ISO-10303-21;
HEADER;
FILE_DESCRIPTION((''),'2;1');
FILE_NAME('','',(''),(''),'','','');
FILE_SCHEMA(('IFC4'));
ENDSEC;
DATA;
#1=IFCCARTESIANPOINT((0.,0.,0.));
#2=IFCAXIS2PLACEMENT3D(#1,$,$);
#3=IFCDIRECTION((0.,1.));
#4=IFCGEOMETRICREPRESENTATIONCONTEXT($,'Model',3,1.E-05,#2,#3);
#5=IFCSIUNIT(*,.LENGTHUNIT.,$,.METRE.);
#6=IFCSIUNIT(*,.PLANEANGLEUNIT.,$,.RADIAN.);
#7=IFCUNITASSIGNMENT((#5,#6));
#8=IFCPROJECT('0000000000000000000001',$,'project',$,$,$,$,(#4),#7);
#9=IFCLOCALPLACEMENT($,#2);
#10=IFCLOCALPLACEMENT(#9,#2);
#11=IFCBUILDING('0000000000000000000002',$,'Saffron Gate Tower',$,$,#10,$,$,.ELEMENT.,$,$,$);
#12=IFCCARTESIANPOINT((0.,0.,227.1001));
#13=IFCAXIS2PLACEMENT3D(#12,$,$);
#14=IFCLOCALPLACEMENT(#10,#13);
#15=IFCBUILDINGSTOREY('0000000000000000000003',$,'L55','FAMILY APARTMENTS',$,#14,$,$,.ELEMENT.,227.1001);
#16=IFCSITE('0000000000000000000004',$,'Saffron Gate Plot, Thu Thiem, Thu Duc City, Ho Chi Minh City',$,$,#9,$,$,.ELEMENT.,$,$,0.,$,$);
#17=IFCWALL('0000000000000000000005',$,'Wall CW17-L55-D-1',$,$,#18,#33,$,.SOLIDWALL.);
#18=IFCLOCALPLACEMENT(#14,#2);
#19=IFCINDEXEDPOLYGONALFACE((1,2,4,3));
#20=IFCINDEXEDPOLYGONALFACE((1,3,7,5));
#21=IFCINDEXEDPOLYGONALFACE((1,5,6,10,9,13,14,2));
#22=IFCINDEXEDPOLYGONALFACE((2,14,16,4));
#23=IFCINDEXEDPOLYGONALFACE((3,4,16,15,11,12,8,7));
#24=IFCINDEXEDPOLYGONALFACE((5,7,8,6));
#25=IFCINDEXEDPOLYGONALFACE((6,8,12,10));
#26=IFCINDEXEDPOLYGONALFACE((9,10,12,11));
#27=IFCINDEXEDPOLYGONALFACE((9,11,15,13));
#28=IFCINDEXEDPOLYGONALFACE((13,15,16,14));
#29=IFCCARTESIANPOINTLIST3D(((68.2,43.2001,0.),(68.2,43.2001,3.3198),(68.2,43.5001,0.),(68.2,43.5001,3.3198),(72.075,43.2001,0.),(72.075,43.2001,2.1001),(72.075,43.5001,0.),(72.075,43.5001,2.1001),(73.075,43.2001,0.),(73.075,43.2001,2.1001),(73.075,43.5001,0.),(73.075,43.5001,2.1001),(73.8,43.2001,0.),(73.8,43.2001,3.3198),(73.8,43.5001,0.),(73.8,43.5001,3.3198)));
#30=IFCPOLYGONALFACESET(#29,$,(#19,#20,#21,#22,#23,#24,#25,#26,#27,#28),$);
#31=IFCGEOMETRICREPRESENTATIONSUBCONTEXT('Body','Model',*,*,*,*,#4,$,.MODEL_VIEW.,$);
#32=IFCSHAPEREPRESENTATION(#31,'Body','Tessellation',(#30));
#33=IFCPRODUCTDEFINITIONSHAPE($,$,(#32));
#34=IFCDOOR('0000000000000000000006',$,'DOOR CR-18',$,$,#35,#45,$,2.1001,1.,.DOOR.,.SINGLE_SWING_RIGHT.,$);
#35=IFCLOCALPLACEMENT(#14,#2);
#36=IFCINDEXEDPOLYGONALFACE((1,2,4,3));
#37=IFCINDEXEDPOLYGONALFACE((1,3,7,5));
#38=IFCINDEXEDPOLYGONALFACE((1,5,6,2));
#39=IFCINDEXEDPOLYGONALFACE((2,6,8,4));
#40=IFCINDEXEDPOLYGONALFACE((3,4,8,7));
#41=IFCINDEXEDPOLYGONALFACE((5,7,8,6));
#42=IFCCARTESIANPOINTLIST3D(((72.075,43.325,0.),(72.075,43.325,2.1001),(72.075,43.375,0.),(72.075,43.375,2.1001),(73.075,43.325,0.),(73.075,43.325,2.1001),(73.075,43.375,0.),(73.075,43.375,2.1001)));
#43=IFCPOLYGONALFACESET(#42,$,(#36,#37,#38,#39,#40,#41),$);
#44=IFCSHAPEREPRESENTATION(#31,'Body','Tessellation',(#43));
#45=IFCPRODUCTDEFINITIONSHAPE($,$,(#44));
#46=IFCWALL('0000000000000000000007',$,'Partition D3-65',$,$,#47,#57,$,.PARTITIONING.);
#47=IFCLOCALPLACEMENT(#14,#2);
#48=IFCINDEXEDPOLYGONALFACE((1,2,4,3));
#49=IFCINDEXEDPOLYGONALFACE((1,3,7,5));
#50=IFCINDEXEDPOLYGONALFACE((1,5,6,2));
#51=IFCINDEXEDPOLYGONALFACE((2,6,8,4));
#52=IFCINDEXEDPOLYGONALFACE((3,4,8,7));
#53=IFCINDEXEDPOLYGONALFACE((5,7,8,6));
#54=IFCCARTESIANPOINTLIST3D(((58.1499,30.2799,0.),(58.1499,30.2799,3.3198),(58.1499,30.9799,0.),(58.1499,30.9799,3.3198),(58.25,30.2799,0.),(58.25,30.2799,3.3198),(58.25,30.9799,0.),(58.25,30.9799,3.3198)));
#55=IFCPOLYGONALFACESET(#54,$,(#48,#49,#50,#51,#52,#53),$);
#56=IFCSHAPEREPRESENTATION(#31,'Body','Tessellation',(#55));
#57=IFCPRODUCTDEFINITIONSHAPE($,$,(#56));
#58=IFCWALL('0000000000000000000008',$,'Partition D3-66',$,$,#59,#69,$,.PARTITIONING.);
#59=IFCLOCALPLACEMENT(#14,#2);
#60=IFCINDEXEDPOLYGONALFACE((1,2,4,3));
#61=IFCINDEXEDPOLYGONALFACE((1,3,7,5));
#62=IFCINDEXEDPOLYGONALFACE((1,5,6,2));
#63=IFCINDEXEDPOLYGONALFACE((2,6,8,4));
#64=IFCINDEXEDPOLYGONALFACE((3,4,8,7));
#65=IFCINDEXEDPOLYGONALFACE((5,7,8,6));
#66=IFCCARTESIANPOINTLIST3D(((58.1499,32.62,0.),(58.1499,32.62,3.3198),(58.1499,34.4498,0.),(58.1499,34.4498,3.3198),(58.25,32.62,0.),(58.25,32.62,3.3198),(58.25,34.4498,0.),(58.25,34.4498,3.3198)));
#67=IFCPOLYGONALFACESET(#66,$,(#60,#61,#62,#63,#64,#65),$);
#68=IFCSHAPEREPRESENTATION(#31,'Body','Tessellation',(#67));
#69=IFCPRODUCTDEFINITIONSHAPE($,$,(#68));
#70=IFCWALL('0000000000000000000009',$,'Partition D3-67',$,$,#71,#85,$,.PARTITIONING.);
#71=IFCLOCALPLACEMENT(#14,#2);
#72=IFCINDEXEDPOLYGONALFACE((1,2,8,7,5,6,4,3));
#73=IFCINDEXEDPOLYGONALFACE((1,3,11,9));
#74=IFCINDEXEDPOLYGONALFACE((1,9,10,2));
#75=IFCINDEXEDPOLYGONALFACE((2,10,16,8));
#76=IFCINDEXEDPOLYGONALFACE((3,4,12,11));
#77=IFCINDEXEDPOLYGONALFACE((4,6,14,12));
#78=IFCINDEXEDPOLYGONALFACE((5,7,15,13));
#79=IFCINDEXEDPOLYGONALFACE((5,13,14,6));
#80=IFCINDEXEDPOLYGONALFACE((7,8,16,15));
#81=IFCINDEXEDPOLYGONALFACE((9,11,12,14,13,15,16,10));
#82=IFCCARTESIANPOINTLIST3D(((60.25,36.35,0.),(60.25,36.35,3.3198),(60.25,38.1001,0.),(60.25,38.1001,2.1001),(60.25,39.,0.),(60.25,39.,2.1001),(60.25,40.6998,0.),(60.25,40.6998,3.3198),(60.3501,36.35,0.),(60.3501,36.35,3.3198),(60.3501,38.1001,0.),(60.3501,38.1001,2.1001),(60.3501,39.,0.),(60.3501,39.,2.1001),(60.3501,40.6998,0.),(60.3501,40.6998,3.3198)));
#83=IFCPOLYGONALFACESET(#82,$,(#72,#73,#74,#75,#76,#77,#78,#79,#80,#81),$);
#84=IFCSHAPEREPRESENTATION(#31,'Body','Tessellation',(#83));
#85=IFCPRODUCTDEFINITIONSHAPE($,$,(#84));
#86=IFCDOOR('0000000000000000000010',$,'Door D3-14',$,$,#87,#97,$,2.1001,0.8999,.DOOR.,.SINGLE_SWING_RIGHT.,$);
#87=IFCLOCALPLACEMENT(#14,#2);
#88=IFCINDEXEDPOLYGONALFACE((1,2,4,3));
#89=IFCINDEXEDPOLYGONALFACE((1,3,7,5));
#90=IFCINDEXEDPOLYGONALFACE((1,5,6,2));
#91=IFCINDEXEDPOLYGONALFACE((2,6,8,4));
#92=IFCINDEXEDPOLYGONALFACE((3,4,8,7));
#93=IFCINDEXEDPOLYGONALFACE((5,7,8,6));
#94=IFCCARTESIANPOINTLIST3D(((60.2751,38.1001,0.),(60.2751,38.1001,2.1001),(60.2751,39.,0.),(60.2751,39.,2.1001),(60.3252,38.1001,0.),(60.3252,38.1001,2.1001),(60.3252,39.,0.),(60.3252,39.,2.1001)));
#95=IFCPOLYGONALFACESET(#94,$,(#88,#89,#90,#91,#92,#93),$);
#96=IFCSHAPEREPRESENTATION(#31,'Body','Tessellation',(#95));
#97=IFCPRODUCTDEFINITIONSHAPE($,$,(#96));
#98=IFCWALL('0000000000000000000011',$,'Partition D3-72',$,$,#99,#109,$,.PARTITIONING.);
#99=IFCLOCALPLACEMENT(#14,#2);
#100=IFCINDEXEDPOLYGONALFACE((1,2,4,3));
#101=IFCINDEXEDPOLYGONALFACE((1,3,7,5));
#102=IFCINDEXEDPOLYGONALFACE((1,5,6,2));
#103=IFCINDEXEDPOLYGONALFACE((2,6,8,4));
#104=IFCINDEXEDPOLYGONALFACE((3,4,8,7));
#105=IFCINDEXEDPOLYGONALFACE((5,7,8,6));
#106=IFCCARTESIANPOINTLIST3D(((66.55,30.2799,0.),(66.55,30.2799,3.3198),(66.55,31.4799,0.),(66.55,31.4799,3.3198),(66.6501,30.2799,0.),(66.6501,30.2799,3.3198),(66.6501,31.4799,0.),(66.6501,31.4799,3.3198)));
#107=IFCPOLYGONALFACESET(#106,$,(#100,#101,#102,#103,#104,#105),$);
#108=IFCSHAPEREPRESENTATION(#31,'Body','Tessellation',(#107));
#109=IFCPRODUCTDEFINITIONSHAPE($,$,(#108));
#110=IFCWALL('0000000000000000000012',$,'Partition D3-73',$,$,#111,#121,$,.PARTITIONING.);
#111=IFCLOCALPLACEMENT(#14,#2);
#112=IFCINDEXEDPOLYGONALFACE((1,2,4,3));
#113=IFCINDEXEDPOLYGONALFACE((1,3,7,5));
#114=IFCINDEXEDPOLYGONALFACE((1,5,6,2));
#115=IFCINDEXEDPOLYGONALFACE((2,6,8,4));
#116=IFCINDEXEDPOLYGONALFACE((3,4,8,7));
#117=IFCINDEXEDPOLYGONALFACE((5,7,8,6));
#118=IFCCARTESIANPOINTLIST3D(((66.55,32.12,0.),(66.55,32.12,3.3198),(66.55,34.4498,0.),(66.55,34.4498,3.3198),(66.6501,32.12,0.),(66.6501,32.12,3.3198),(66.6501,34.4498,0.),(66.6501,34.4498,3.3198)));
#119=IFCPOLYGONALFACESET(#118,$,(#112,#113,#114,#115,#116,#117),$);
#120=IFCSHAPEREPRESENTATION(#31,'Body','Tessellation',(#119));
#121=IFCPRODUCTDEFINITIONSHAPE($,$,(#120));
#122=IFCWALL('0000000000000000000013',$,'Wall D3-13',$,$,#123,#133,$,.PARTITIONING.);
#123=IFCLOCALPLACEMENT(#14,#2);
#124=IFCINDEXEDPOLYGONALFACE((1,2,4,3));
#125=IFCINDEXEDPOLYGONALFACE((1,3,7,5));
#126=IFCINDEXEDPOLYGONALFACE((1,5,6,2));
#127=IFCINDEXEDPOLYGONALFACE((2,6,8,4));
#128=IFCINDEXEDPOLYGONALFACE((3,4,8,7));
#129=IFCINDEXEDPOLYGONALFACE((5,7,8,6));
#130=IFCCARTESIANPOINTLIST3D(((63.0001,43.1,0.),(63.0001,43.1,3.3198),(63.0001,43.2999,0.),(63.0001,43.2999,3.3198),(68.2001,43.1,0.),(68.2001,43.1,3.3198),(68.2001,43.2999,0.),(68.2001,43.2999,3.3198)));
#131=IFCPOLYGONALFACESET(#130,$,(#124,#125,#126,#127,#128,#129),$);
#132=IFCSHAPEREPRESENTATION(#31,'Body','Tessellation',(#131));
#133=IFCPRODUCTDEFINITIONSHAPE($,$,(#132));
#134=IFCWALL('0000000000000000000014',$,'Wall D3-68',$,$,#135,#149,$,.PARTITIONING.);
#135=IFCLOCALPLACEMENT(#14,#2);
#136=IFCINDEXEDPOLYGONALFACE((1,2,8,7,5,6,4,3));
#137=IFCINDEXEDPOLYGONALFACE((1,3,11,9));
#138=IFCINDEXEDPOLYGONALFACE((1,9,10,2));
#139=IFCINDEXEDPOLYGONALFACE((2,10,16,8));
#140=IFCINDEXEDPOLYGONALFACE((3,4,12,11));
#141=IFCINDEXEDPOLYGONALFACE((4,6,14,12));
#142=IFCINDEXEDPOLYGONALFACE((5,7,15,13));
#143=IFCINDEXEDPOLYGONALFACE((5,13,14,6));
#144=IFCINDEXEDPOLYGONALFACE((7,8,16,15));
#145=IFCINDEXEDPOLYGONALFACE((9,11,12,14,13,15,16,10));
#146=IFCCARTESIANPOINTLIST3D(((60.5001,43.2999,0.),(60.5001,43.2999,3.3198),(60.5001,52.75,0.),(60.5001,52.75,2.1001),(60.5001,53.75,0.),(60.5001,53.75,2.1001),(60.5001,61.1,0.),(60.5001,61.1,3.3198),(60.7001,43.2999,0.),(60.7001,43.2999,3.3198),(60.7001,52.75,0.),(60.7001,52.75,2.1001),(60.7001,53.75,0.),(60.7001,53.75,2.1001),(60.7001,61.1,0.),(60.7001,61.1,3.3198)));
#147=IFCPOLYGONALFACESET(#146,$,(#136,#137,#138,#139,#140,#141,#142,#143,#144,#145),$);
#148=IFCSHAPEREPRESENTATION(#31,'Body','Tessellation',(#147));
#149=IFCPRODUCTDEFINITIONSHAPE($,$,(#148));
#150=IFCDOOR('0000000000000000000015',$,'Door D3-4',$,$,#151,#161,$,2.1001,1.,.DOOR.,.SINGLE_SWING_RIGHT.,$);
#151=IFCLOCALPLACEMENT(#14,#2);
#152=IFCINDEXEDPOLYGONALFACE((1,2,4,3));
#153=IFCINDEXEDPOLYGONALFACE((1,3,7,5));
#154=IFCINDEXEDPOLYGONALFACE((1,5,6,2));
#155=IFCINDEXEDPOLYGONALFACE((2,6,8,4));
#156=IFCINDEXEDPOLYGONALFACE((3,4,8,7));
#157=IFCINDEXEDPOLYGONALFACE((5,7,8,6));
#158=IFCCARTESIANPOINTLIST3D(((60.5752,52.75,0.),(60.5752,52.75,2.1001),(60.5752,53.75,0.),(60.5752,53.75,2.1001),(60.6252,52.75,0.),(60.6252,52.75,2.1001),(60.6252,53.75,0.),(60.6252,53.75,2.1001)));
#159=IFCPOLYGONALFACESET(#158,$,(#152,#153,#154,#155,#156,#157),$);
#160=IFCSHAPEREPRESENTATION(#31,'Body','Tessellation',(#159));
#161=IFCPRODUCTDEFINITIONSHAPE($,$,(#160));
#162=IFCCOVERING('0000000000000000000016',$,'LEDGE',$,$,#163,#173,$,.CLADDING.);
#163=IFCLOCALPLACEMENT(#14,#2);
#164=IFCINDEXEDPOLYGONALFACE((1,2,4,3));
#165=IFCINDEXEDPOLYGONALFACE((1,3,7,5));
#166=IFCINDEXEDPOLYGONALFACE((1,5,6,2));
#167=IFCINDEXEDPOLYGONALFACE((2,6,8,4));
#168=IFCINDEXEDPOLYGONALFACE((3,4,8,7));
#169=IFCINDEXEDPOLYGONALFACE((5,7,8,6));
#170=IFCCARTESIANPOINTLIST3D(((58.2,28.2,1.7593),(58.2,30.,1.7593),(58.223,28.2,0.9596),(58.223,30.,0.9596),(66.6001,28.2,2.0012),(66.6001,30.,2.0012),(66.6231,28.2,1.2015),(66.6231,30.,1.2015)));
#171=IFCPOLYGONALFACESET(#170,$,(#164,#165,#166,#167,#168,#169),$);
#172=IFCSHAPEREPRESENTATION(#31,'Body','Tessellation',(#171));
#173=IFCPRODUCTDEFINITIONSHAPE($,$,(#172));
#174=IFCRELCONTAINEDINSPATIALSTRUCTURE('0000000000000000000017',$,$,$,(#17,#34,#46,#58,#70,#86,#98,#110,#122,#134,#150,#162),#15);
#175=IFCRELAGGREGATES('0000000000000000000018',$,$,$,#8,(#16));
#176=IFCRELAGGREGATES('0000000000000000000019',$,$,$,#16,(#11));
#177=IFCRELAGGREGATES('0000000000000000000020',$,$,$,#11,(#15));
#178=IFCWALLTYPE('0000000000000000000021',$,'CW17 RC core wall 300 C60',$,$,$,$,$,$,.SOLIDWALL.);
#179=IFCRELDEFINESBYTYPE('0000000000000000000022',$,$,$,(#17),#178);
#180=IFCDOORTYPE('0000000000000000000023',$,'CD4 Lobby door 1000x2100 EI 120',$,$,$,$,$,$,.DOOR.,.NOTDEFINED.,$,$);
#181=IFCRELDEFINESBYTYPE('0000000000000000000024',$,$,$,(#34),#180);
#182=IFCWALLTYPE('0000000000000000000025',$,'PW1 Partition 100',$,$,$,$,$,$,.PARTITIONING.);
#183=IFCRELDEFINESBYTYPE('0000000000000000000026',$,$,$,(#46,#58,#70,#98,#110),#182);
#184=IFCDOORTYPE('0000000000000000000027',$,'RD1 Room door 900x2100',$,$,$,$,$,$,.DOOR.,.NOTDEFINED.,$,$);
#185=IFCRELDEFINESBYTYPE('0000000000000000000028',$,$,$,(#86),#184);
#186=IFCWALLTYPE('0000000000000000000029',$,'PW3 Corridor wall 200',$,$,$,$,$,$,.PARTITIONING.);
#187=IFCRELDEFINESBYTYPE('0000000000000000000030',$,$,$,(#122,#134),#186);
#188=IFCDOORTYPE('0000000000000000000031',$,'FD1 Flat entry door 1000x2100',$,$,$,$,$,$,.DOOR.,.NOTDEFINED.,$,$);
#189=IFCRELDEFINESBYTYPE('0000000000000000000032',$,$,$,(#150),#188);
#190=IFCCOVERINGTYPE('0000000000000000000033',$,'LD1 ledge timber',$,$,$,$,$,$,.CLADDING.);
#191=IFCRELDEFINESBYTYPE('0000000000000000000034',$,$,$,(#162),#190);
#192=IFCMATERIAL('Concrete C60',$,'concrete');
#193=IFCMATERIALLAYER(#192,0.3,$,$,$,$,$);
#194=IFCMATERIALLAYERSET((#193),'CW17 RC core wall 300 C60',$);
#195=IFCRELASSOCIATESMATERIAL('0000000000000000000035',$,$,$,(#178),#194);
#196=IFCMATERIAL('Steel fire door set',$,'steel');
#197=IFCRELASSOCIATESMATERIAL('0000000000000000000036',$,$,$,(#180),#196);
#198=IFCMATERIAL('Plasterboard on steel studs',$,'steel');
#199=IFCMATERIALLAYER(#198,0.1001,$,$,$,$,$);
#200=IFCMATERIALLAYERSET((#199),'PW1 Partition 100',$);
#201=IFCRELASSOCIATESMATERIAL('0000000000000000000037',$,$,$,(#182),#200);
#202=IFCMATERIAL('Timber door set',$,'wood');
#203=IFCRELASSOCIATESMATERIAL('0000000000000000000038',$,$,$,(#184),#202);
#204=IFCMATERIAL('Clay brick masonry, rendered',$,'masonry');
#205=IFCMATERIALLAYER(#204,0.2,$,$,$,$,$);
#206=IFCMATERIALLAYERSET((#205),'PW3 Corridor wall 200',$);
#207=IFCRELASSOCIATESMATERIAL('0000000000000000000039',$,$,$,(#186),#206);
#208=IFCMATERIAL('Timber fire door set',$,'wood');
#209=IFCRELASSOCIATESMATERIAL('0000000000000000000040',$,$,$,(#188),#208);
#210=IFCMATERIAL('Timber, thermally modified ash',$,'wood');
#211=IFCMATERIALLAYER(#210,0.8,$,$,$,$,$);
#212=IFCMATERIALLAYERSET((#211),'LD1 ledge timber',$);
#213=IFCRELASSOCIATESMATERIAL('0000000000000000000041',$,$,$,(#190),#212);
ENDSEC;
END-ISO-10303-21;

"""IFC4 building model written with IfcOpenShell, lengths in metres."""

from ifc_helpers import new_model, si_unit, direction, frame, frame_2d, origin, place, context, subcontext, project, spatial, polyline, rectangle, outline, extrude, material, layer, layer_set, type_object, element, fill, save


model = new_model("IFC4")

# Units and contexts
model_context = context("Model", 3, precision=1e-05, world=origin(), true_north=direction((0.0, 1.0)))
body_context = subcontext(model_context, "Body", "Model", "MODEL_VIEW")
ifc_project = project(units=[si_unit("LENGTHUNIT", "METRE"), si_unit("PLANEANGLEUNIT", "RADIAN")], contexts=[model_context])

# Site, building, storey
site_placement = place(None, origin())
site = spatial("IfcSite", under=ifc_project, at=site_placement, Name="Saffron Gate Plot, Thu Thiem, Thu Duc City, Ho Chi Minh City", CompositionType="ELEMENT", RefElevation=0.0)
building_placement = place(site_placement, origin())
building = spatial("IfcBuilding", under=site, at=building_placement, Name="Saffron Gate Tower", CompositionType="ELEMENT")
storey_placement = place(building_placement, frame((0.0, 0.0, 227.1001)))
storey = spatial("IfcBuildingStorey", under=building, at=storey_placement, Name="L55", Description="FAMILY APARTMENTS", CompositionType="ELEMENT", Elevation=227.1001)

# Shared definitions
ifc_material_1 = material(Name="Concrete C60", Category="concrete")

# Wall, opening, door
ifc_layer_1 = layer(ifc_material_1, 0.3)
ifc_layer_set_1 = layer_set([ifc_layer_1], Name="CW17 RC core wall 300 C60")
wall_type_1 = type_object("IfcWallType", Name="CW17 RC core wall 300 C60", PredefinedType="SOLIDWALL", material=ifc_layer_set_1)
wall_1_placement = place(storey_placement, frame((68.2, 43.3501, 0.0), z_axis=(0.0, 0.0, 1.0), x_axis=(1.0, 0.0, 0.0)))
wall_1 = element("IfcWall", 1, at=wall_1_placement, inside=storey, type_object=wall_type_1, Name="Wall CW17-L55-D-1", PredefinedType="SOLIDWALL", context=body_context, shape_type="SweptSolid", body=[
    extrude(rectangle(XDim=5.6001, YDim=0.3, at=frame_2d((2.8, 0.0))), origin(), (0.0, 0.0, 1.0), 3.3198),
])
opening_1_placement = place(wall_1_placement, frame((3.875, 0.0, 0.0)))
opening_1 = element("IfcOpeningElement", 2, at=opening_1_placement, cuts=wall_1, PredefinedType="OPENING", context=body_context, shape_type="SweptSolid", body=[
    extrude(rectangle(XDim=1.0, YDim=2.1001, at=frame_2d((0.5, 1.05))), frame((0.0, 0.1602, 0.0), z_axis=(0.0, -1.0, 0.0), x_axis=(1.0, 0.0, 0.0)), (0.0, 0.0, 1.0), 0.3201),
])
ifc_material_2 = material(Name="Steel fire door set", Category="steel")
door_type_1 = type_object("IfcDoorType", Name="CD4 Lobby door 1000x2100 EI 120", OperationType="NOTDEFINED", PredefinedType="DOOR", material=ifc_material_2)
door_1_placement = place(opening_1_placement, origin())
door_1 = element("IfcDoor", 3, at=door_1_placement, inside=storey, type_object=door_type_1, Name="DOOR CR-18", OperationType="SINGLE_SWING_RIGHT", OverallHeight=2.1001, OverallWidth=1.0, PredefinedType="DOOR", context=body_context, shape_type="SweptSolid", body=[
    extrude(rectangle(XDim=1.0, YDim=2.1001, at=frame_2d((0.5, 1.05))), frame((0.0, 0.0249, 0.0), z_axis=(0.0, -1.0, 0.0), x_axis=(1.0, 0.0, 0.0)), (0.0, 0.0, 1.0), 0.05),
])
fill(opening_1, door_1)

# Walls
ifc_material_3 = material(Name="Plasterboard on steel studs", Category="steel")
ifc_layer_2 = layer(ifc_material_3, 0.1001)
ifc_layer_set_2 = layer_set([ifc_layer_2], Name="PW1 Partition 100")
wall_type_2 = type_object("IfcWallType", Name="PW1 Partition 100", PredefinedType="PARTITIONING", material=ifc_layer_set_2)
wall_2_placement = place(storey_placement, frame((58.2, 30.98, 0.0), z_axis=(0.0, 0.0, 1.0), x_axis=(0.0, -1.0, 0.0)))
element("IfcWall", 4, at=wall_2_placement, inside=storey, type_object=wall_type_2, Name="Partition D3-65", PredefinedType="PARTITIONING", context=body_context, shape_type="SweptSolid", body=[
    extrude(rectangle(XDim=0.7, YDim=0.1001, at=frame_2d((0.3501, 0.0))), origin(), (0.0, 0.0, 1.0), 3.3198),
])
wall_3_placement = place(storey_placement, frame((58.2, 34.45, 0.0), z_axis=(0.0, 0.0, 1.0), x_axis=(0.0, -1.0, 0.0)))
element("IfcWall", 5, at=wall_3_placement, inside=storey, type_object=wall_type_2, Name="Partition D3-66", PredefinedType="PARTITIONING", context=body_context, shape_type="SweptSolid", body=[
    extrude(rectangle(XDim=1.8298, YDim=0.1001, at=frame_2d((0.915, 0.0))), origin(), (0.0, 0.0, 1.0), 3.3198),
])

# Wall, opening, door
wall_4_placement = place(storey_placement, frame((60.3, 36.3501, 0.0), z_axis=(0.0, 0.0, 1.0), x_axis=(0.0, 1.0, 0.0)))
wall_4 = element("IfcWall", 6, at=wall_4_placement, inside=storey, type_object=wall_type_2, Name="Partition D3-67", PredefinedType="PARTITIONING", context=body_context, shape_type="SweptSolid", body=[
    extrude(rectangle(XDim=4.3499, YDim=0.1001, at=frame_2d((2.1748, 0.0))), origin(), (0.0, 0.0, 1.0), 3.3198),
])
opening_2_placement = place(wall_4_placement, frame((1.75, 0.0, 0.0)))
opening_2 = element("IfcOpeningElement", 7, at=opening_2_placement, cuts=wall_4, PredefinedType="OPENING", context=body_context, shape_type="SweptSolid", body=[
    extrude(rectangle(XDim=0.8999, YDim=2.1001, at=frame_2d((0.45, 1.05))), frame((0.0, 0.0601, 0.0), z_axis=(0.0, -1.0, 0.0), x_axis=(1.0, 0.0, 0.0)), (0.0, 0.0, 1.0), 0.1201),
])
ifc_material_4 = material(Name="Timber door set", Category="wood")
door_type_2 = type_object("IfcDoorType", Name="RD1 Room door 900x2100", OperationType="NOTDEFINED", PredefinedType="DOOR", material=ifc_material_4)
door_2_placement = place(opening_2_placement, origin())
door_2 = element("IfcDoor", 8, at=door_2_placement, inside=storey, type_object=door_type_2, Name="Door D3-14", OperationType="SINGLE_SWING_RIGHT", OverallHeight=2.1001, OverallWidth=0.8999, PredefinedType="DOOR", context=body_context, shape_type="SweptSolid", body=[
    extrude(rectangle(XDim=0.8999, YDim=2.1001, at=frame_2d((0.45, 1.05))), frame((0.0, 0.0249, 0.0), z_axis=(0.0, -1.0, 0.0), x_axis=(1.0, 0.0, 0.0)), (0.0, 0.0, 1.0), 0.05),
])
fill(opening_2, door_2)

# Walls
wall_5_placement = place(storey_placement, frame((66.6001, 31.48, 0.0), z_axis=(0.0, 0.0, 1.0), x_axis=(0.0, -1.0, 0.0)))
element("IfcWall", 9, at=wall_5_placement, inside=storey, type_object=wall_type_2, Name="Partition D3-72", PredefinedType="PARTITIONING", context=body_context, shape_type="SweptSolid", body=[
    extrude(rectangle(XDim=1.2, YDim=0.1001, at=frame_2d((0.6001, 0.0))), origin(), (0.0, 0.0, 1.0), 3.3198),
])
wall_6_placement = place(storey_placement, frame((66.6001, 34.45, 0.0), z_axis=(0.0, 0.0, 1.0), x_axis=(0.0, -1.0, 0.0)))
element("IfcWall", 10, at=wall_6_placement, inside=storey, type_object=wall_type_2, Name="Partition D3-73", PredefinedType="PARTITIONING", context=body_context, shape_type="SweptSolid", body=[
    extrude(rectangle(XDim=2.3298, YDim=0.1001, at=frame_2d((1.165, 0.0))), origin(), (0.0, 0.0, 1.0), 3.3198),
])
ifc_material_5 = material(Name="Clay brick masonry, rendered", Category="masonry")
ifc_layer_3 = layer(ifc_material_5, 0.2)
ifc_layer_set_3 = layer_set([ifc_layer_3], Name="PW3 Corridor wall 200")
wall_type_3 = type_object("IfcWallType", Name="PW3 Corridor wall 200", PredefinedType="PARTITIONING", material=ifc_layer_set_3)
wall_7_placement = place(storey_placement, frame((63.0, 43.2, 0.0), z_axis=(0.0, 0.0, 1.0), x_axis=(1.0, 0.0, 0.0)))
element("IfcWall", 11, at=wall_7_placement, inside=storey, type_object=wall_type_3, Name="Wall D3-13", PredefinedType="PARTITIONING", context=body_context, shape_type="SweptSolid", body=[
    extrude(rectangle(XDim=5.2, YDim=0.2, at=frame_2d((2.6001, 0.0))), origin(), (0.0, 0.0, 1.0), 3.3198),
])

# Wall, opening, door
wall_8_placement = place(storey_placement, frame((60.6001, 43.3, 0.0), z_axis=(0.0, 0.0, 1.0), x_axis=(0.0, 1.0, 0.0)))
wall_8 = element("IfcWall", 12, at=wall_8_placement, inside=storey, type_object=wall_type_3, Name="Wall D3-68", PredefinedType="PARTITIONING", context=body_context, shape_type="SweptSolid", body=[
    extrude(rectangle(XDim=17.8, YDim=0.2, at=frame_2d((8.8999, 0.0))), origin(), (0.0, 0.0, 1.0), 3.3198),
])
opening_3_placement = place(wall_8_placement, frame((9.45, 0.0, 0.0)))
opening_3 = element("IfcOpeningElement", 13, at=opening_3_placement, cuts=wall_8, PredefinedType="OPENING", context=body_context, shape_type="SweptSolid", body=[
    extrude(rectangle(XDim=1.0, YDim=2.1001, at=frame_2d((0.5, 1.05))), frame((0.0, 0.1099, 0.0), z_axis=(0.0, -1.0, 0.0), x_axis=(1.0, 0.0, 0.0)), (0.0, 0.0, 1.0), 0.22),
])
ifc_material_6 = material(Name="Timber fire door set", Category="wood")
door_type_3 = type_object("IfcDoorType", Name="FD1 Flat entry door 1000x2100", OperationType="NOTDEFINED", PredefinedType="DOOR", material=ifc_material_6)
door_3_placement = place(opening_3_placement, origin())
door_3 = element("IfcDoor", 14, at=door_3_placement, inside=storey, type_object=door_type_3, Name="Door D3-4", OperationType="SINGLE_SWING_RIGHT", OverallHeight=2.1001, OverallWidth=1.0, PredefinedType="DOOR", context=body_context, shape_type="SweptSolid", body=[
    extrude(rectangle(XDim=1.0, YDim=2.1001, at=frame_2d((0.5, 1.05))), frame((0.0, 0.0249, 0.0), z_axis=(0.0, -1.0, 0.0), x_axis=(1.0, 0.0, 0.0)), (0.0, 0.0, 1.0), 0.05),
])
fill(opening_3, door_3)

# Covering
ifc_material_7 = material(Name="Timber, thermally modified ash", Category="wood")
ifc_layer_4 = layer(ifc_material_7, 0.8)
ifc_layer_set_4 = layer_set([ifc_layer_4], Name="LD1 ledge timber")
covering_type_1 = type_object("IfcCoveringType", Name="LD1 ledge timber", PredefinedType="CLADDING", material=ifc_layer_set_4)
covering_1_placement = place(storey_placement, frame((58.2, 30.0, 1.7593), z_axis=(-0.02879, 0.0, 0.999585), x_axis=(0.999585, 0.0, 0.02879)))
element("IfcCovering", 15, at=covering_1_placement, inside=storey, type_object=covering_type_1, Name="LEDGE", PredefinedType="CLADDING", context=body_context, shape_type="SweptSolid", body=[
    extrude(outline(polyline([(0.0, 0.0), (8.4036, 0.0), (8.4036, -1.8), (0.0, -1.8), (0.0, 0.0)])), origin(), (0.0, 0.0, -1.0), 0.8),
])

save(model, "model.ifc")
